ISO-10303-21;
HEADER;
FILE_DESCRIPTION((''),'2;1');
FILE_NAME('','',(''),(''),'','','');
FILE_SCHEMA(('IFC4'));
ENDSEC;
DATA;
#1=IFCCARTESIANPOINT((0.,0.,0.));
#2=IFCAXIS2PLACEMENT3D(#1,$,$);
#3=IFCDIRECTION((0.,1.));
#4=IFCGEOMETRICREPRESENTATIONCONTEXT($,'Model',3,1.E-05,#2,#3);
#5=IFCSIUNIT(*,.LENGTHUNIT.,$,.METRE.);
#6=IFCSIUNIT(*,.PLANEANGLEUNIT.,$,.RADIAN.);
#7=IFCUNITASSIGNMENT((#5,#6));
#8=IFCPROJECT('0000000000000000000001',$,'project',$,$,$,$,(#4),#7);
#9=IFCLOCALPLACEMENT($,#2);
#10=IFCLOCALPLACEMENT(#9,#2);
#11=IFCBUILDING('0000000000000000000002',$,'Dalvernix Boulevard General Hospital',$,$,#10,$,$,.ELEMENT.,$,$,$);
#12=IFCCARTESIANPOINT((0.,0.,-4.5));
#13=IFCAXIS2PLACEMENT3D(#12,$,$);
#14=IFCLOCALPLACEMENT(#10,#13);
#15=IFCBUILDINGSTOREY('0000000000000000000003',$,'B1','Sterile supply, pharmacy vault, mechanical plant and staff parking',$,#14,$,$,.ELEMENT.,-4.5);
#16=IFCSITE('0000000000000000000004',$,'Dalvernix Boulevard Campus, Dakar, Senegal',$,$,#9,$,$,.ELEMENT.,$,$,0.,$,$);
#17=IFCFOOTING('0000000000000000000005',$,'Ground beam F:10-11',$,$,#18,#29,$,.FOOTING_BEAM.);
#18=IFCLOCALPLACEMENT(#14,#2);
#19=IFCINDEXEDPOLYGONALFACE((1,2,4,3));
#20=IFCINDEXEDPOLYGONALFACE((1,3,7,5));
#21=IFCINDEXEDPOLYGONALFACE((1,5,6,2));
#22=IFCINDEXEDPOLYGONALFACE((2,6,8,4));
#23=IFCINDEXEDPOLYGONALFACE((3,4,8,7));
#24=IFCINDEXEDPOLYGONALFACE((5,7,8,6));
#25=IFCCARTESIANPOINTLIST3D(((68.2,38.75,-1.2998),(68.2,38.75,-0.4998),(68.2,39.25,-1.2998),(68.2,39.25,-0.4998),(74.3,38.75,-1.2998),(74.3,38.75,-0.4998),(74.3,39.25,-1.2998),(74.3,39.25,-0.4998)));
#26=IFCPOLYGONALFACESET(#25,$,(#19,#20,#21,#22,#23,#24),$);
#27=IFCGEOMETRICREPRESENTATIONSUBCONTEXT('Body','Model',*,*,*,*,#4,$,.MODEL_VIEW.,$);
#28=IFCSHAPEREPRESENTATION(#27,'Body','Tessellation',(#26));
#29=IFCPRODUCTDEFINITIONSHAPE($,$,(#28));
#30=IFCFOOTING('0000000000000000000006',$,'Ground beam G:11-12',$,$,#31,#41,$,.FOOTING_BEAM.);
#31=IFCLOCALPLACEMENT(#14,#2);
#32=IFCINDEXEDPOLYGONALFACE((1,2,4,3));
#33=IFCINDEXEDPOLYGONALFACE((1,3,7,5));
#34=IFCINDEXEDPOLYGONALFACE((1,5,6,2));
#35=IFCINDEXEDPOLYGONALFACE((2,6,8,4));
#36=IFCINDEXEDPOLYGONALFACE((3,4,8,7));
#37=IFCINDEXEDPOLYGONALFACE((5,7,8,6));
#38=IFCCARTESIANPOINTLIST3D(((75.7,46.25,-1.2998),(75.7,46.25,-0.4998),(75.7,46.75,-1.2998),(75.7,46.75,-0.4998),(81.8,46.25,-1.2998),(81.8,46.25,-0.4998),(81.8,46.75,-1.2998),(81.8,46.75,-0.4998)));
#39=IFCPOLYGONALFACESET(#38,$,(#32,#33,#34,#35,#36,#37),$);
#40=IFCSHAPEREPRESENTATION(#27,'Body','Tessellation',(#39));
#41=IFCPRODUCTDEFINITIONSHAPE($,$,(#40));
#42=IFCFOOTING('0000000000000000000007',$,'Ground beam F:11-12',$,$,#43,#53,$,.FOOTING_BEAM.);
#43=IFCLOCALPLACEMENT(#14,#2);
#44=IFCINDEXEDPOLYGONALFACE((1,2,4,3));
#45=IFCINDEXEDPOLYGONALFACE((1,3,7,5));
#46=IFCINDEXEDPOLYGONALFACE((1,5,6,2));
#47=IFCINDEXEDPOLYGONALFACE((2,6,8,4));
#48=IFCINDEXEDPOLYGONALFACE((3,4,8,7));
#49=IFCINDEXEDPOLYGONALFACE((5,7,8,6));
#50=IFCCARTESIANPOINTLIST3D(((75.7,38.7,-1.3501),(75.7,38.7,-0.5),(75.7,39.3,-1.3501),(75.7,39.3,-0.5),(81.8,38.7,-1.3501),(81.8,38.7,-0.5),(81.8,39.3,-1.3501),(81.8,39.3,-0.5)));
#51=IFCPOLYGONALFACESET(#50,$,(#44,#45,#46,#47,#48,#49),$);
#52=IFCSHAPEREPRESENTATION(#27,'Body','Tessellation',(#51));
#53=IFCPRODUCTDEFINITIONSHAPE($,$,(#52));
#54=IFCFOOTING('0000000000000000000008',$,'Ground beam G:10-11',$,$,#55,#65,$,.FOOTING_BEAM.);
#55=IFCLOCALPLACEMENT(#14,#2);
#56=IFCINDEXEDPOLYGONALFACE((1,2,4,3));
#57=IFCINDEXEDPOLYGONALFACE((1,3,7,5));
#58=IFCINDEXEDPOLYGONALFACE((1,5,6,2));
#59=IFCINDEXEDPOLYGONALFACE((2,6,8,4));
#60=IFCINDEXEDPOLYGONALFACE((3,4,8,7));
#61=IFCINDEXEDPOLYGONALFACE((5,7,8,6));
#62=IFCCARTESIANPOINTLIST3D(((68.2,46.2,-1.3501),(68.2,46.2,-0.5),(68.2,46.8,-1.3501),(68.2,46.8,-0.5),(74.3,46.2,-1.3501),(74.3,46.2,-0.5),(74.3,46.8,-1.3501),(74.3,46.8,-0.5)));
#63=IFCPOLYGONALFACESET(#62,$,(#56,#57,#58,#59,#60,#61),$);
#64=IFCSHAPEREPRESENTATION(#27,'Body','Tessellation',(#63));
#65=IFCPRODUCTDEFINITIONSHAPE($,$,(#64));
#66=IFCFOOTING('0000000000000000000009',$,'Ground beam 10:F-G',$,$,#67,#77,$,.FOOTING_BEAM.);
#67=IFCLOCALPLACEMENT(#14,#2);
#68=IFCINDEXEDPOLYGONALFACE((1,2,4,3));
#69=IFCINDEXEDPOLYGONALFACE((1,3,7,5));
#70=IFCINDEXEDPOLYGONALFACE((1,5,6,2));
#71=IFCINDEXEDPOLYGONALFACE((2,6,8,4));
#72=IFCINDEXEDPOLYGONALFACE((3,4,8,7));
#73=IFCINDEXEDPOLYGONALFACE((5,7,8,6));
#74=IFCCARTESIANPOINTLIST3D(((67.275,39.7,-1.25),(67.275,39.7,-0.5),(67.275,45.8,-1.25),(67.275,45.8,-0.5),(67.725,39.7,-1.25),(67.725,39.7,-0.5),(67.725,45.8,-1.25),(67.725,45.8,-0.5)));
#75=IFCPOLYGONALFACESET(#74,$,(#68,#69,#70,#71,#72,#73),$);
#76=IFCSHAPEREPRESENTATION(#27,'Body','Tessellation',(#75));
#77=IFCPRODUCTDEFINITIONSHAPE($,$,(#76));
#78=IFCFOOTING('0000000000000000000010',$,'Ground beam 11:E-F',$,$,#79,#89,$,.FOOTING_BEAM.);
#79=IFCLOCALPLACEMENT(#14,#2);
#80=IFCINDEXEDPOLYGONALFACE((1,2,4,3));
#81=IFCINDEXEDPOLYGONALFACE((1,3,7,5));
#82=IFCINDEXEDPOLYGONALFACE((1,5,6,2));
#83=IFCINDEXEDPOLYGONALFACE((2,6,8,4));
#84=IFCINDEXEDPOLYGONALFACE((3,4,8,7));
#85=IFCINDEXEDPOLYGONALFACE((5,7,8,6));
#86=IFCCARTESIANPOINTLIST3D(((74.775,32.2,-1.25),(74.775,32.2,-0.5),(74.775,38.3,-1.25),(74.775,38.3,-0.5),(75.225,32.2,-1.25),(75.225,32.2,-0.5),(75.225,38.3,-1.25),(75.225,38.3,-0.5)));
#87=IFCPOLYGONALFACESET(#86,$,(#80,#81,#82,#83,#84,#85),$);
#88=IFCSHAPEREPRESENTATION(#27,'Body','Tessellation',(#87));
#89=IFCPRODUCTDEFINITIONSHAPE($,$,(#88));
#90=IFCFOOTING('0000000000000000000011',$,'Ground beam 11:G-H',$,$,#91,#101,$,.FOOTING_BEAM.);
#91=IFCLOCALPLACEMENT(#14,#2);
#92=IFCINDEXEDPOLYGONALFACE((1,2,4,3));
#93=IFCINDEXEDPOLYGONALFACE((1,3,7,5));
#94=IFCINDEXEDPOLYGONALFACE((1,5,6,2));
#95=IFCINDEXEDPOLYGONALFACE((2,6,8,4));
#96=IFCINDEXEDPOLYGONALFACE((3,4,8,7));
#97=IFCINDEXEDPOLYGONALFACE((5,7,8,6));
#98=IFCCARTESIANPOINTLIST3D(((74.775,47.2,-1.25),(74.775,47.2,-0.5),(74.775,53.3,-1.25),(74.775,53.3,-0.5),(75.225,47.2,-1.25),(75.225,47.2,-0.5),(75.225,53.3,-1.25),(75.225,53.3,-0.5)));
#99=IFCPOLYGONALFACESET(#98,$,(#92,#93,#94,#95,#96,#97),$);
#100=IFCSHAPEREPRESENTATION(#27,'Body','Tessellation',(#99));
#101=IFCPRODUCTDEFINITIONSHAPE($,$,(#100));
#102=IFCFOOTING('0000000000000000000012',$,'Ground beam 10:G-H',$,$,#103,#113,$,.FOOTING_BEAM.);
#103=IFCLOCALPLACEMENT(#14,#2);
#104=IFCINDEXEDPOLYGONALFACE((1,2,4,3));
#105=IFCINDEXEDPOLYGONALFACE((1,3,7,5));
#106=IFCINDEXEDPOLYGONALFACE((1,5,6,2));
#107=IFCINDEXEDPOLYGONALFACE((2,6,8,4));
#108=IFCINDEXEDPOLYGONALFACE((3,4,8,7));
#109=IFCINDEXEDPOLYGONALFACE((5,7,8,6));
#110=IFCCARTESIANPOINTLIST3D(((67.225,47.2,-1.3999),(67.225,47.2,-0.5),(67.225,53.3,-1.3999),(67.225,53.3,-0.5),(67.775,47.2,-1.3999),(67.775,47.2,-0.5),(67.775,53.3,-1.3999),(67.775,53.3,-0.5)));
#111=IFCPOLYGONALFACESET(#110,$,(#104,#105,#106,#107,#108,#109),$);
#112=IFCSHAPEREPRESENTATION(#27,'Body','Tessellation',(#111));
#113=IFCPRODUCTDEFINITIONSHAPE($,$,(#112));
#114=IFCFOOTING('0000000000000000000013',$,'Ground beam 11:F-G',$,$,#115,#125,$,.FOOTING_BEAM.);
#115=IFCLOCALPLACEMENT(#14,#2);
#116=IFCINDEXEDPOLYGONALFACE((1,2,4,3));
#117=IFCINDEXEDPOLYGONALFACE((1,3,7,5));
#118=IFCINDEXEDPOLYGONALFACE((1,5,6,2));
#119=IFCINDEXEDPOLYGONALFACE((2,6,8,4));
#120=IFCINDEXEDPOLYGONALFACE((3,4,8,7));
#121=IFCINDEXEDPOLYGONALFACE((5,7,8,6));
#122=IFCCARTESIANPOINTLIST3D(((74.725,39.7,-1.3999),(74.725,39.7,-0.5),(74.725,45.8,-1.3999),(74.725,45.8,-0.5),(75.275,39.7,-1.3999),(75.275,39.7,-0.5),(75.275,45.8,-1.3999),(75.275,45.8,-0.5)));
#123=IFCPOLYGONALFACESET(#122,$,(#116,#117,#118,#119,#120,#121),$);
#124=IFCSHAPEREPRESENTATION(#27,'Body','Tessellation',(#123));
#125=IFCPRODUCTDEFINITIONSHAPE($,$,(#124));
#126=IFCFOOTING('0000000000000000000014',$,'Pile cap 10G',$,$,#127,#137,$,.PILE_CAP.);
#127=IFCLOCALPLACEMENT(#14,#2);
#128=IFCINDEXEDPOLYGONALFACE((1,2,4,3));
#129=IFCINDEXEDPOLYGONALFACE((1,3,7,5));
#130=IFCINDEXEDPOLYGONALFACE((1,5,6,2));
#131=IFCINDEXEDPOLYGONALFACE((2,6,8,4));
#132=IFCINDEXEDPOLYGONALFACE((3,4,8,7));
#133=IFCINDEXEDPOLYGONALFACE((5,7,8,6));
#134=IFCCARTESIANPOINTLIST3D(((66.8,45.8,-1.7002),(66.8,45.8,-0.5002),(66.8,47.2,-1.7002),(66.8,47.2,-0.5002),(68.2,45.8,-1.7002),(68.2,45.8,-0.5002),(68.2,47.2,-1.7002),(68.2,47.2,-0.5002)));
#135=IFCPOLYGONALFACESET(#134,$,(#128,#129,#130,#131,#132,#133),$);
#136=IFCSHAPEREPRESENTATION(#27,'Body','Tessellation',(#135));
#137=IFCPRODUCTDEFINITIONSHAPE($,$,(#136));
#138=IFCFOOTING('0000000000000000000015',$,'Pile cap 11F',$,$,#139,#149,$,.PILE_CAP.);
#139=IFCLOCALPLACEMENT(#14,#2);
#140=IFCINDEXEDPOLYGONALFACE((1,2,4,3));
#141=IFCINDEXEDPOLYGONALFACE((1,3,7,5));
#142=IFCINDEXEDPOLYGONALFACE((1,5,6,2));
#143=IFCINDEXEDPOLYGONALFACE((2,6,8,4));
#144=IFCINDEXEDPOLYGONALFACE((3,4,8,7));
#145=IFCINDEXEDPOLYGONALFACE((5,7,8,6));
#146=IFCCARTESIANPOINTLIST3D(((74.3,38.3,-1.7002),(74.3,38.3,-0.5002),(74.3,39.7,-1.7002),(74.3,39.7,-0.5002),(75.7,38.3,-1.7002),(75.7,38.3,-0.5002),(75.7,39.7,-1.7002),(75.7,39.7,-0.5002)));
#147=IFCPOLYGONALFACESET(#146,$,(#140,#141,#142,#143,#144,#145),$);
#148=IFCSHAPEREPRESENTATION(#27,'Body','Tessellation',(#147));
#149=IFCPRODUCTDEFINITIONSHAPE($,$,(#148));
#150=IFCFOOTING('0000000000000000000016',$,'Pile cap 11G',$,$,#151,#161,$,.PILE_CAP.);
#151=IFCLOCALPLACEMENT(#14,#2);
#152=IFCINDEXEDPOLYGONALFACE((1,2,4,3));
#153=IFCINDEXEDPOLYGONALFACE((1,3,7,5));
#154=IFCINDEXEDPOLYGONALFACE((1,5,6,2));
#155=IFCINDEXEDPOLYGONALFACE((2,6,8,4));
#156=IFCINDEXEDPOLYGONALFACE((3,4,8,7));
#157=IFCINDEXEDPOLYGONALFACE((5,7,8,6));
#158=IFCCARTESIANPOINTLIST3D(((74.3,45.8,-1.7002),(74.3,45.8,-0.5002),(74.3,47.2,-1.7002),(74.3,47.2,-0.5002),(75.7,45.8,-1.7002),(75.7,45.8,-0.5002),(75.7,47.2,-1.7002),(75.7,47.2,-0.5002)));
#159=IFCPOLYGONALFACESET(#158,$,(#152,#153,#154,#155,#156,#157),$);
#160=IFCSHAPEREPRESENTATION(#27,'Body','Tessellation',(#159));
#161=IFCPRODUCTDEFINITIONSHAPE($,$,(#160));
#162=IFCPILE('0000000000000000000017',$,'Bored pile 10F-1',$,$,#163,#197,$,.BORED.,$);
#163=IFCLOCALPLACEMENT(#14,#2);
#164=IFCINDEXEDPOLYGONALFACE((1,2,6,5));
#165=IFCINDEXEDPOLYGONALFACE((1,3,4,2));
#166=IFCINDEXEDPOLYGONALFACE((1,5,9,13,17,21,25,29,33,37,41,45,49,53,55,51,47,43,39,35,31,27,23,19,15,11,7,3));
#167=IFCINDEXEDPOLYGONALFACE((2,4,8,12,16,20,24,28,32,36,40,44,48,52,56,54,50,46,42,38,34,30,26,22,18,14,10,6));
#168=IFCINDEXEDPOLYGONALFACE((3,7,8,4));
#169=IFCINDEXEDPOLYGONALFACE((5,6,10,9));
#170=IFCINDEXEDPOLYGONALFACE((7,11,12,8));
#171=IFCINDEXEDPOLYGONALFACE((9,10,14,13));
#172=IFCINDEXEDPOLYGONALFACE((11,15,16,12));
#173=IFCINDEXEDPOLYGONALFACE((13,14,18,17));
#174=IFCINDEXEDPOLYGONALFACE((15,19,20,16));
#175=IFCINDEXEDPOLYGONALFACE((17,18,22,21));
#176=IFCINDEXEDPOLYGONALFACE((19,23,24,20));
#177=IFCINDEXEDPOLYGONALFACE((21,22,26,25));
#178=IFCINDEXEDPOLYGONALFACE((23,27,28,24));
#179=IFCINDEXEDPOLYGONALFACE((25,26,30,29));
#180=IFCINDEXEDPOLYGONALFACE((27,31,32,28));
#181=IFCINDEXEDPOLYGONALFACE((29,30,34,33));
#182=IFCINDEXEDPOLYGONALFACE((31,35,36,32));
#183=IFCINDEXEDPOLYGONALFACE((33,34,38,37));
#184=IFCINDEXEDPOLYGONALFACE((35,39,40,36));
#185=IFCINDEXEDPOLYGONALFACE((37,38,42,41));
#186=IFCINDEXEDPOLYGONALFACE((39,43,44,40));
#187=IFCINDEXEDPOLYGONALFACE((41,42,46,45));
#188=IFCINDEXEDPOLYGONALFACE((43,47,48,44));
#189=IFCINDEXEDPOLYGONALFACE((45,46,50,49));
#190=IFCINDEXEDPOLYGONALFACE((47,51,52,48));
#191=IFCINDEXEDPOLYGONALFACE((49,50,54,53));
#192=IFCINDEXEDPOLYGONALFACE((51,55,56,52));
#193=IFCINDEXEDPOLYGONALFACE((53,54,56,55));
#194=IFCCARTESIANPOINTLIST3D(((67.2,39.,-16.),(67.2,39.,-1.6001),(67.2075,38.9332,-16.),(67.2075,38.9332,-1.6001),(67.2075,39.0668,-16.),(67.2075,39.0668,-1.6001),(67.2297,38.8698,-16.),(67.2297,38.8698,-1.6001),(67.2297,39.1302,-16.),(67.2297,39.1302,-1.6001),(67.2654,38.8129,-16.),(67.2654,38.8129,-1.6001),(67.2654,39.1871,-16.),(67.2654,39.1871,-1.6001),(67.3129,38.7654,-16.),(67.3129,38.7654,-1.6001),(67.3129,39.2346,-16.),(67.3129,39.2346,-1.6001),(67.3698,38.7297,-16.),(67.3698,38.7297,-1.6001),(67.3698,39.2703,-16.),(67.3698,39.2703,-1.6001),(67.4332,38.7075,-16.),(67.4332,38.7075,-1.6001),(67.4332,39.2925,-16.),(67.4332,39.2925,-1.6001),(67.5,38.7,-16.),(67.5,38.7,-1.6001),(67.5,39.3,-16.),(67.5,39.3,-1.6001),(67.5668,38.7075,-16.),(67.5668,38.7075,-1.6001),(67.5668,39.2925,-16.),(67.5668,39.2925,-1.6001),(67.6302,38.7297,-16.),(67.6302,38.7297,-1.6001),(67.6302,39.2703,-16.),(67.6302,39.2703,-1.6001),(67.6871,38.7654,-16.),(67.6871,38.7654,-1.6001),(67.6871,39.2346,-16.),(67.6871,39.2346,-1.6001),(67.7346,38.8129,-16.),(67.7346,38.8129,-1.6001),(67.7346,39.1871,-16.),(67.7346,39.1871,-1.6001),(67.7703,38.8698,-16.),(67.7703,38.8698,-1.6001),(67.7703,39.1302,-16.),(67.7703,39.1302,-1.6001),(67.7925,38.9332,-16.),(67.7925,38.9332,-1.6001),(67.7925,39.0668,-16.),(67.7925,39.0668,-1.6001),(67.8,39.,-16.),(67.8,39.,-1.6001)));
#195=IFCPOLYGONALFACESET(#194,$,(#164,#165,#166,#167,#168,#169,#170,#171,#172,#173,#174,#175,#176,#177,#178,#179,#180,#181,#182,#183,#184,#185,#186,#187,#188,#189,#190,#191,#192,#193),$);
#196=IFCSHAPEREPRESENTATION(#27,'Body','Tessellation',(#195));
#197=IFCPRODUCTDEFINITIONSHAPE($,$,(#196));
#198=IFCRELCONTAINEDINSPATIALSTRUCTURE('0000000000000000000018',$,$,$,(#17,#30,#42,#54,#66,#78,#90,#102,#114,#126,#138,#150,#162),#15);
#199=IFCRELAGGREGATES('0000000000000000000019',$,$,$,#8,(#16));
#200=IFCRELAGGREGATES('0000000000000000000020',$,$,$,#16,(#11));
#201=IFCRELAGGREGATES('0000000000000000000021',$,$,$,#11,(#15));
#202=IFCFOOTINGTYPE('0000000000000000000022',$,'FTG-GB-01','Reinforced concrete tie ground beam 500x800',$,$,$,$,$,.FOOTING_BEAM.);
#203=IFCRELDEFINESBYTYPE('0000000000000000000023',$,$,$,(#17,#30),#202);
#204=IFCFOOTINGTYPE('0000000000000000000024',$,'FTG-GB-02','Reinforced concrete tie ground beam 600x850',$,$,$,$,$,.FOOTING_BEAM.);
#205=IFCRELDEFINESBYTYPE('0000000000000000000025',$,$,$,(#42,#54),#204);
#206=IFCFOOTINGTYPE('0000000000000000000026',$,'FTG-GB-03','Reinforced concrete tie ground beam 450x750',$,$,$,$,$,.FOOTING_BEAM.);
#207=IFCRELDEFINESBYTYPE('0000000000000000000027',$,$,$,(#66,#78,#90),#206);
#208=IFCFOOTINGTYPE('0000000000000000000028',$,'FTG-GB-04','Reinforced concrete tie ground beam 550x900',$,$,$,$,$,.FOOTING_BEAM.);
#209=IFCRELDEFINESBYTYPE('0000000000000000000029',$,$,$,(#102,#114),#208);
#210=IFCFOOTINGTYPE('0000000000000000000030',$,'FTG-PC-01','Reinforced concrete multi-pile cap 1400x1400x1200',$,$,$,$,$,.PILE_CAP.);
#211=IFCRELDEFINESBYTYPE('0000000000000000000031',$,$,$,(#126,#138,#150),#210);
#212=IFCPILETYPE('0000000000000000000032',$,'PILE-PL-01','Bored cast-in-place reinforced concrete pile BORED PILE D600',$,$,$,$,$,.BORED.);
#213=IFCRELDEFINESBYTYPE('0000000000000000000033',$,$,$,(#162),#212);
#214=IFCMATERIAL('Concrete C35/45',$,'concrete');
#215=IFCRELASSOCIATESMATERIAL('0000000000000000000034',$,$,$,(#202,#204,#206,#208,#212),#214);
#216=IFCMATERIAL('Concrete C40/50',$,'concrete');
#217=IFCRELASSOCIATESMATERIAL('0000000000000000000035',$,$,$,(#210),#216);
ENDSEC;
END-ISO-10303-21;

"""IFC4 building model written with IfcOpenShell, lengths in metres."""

from ifc_helpers import new_model, si_unit, direction, frame, origin, origin_2d, place, context, subcontext, project, spatial, rectangle, circle, extrude, material, material_profile, profile_set, type_object, element, save


model = new_model("IFC4")

# Units and contexts
model_context = context("Model", 3, precision=1e-05, world=origin(), true_north=direction((0.0, 1.0)))
body_context = subcontext(model_context, "Body", "Model", "MODEL_VIEW")
ifc_project = project(units=[si_unit("LENGTHUNIT", "METRE"), si_unit("PLANEANGLEUNIT", "RADIAN")], contexts=[model_context])

# Site, building, storey
site_placement = place(None, origin())
site = spatial("IfcSite", under=ifc_project, at=site_placement, Name="Dalvernix Boulevard Campus, Dakar, Senegal", CompositionType="ELEMENT", RefElevation=0.0)
building_placement = place(site_placement, origin())
building = spatial("IfcBuilding", under=site, at=building_placement, Name="Dalvernix Boulevard General Hospital", CompositionType="ELEMENT")
storey_placement = place(building_placement, frame((0.0, 0.0, -4.5)))
storey = spatial("IfcBuildingStorey", under=building, at=storey_placement, Name="B1", Description="Sterile supply, pharmacy vault, mechanical plant and staff parking", CompositionType="ELEMENT", Elevation=-4.5)

# Footings
ifc_material_1 = material(Name="Concrete C35/45", Category="concrete")
footing_type_1 = type_object("IfcFootingType", Name="FTG-GB-01", Description="Reinforced concrete tie ground beam 500x800", PredefinedType="FOOTING_BEAM", material=ifc_material_1)
for number, where, z_axis, x_axis, name in (
    (1, (71.25, 39.0, -1.2998), (0.0, 0.0, 1.0), (1.0, 0.0, 0.0), "Ground beam F:10-11"),
    (2, (78.75, 46.5, -1.2998), (0.0, 0.0, 1.0), (1.0, 0.0, 0.0), "Ground beam G:11-12"),
):
    element("IfcFooting", number, at=place(storey_placement, frame(where, z_axis=z_axis, x_axis=x_axis)), inside=storey, type_object=footing_type_1, Name=name, PredefinedType="FOOTING_BEAM", context=body_context, shape_type="SweptSolid", body=[
        extrude(rectangle(XDim=6.1001, YDim=0.5, at=origin_2d()), origin(), (0.0, 0.0, 1.0), 0.8),
    ])
footing_type_2 = type_object("IfcFootingType", Name="FTG-GB-02", Description="Reinforced concrete tie ground beam 600x850", PredefinedType="FOOTING_BEAM", material=ifc_material_1)
for number, where, z_axis, x_axis, name in (
    (3, (78.75, 39.0, -1.3501), (0.0, 0.0, 1.0), (1.0, 0.0, 0.0), "Ground beam F:11-12"),
    (4, (71.25, 46.5, -1.3501), (0.0, 0.0, 1.0), (1.0, 0.0, 0.0), "Ground beam G:10-11"),
):
    element("IfcFooting", number, at=place(storey_placement, frame(where, z_axis=z_axis, x_axis=x_axis)), inside=storey, type_object=footing_type_2, Name=name, PredefinedType="FOOTING_BEAM", context=body_context, shape_type="SweptSolid", body=[
        extrude(rectangle(XDim=6.1001, YDim=0.6001, at=origin_2d()), origin(), (0.0, 0.0, 1.0), 0.8501),
    ])
footing_type_3 = type_object("IfcFootingType", Name="FTG-GB-03", Description="Reinforced concrete tie ground beam 450x750", PredefinedType="FOOTING_BEAM", material=ifc_material_1)
for number, where, z_axis, x_axis, name in (
    (5, (67.5, 42.75, -1.25), (0.0, 0.0, 1.0), (0.0, 1.0, 0.0), "Ground beam 10:F-G"),
    (6, (75.0, 35.25, -1.25), (0.0, 0.0, 1.0), (0.0, 1.0, 0.0), "Ground beam 11:E-F"),
    (7, (75.0, 50.25, -1.25), (0.0, 0.0, 1.0), (0.0, 1.0, 0.0), "Ground beam 11:G-H"),
):
    element("IfcFooting", number, at=place(storey_placement, frame(where, z_axis=z_axis, x_axis=x_axis)), inside=storey, type_object=footing_type_3, Name=name, PredefinedType="FOOTING_BEAM", context=body_context, shape_type="SweptSolid", body=[
        extrude(rectangle(XDim=6.1001, YDim=0.45, at=origin_2d()), origin(), (0.0, 0.0, 1.0), 0.75),
    ])
footing_type_4 = type_object("IfcFootingType", Name="FTG-GB-04", Description="Reinforced concrete tie ground beam 550x900", PredefinedType="FOOTING_BEAM", material=ifc_material_1)
for number, where, z_axis, x_axis, name in (
    (8, (67.5, 50.25, -1.3999), (0.0, 0.0, 1.0), (0.0, 1.0, 0.0), "Ground beam 10:G-H"),
    (9, (75.0, 42.75, -1.3999), (0.0, 0.0, 1.0), (0.0, 1.0, 0.0), "Ground beam 11:F-G"),
):
    element("IfcFooting", number, at=place(storey_placement, frame(where, z_axis=z_axis, x_axis=x_axis)), inside=storey, type_object=footing_type_4, Name=name, PredefinedType="FOOTING_BEAM", context=body_context, shape_type="SweptSolid", body=[
        extrude(rectangle(XDim=6.1001, YDim=0.55, at=origin_2d()), origin(), (0.0, 0.0, 1.0), 0.8999),
    ])
ifc_material_2 = material(Name="Concrete C40/50", Category="concrete")
footing_type_5 = type_object("IfcFootingType", Name="FTG-PC-01", Description="Reinforced concrete multi-pile cap 1400x1400x1200", PredefinedType="PILE_CAP", material=ifc_material_2)
for number, where, z_axis, x_axis, name in (
    (10, (67.5, 46.5, -1.7002), (0.0, 0.0, 1.0), (1.0, 0.0, 0.0), "Pile cap 10G"),
    (11, (75.0, 39.0, -1.7002), (0.0, 0.0, 1.0), (1.0, 0.0, 0.0), "Pile cap 11F"),
    (12, (75.0, 46.5, -1.7002), (0.0, 0.0, 1.0), (1.0, 0.0, 0.0), "Pile cap 11G"),
):
    element("IfcFooting", number, at=place(storey_placement, frame(where, z_axis=z_axis, x_axis=x_axis)), inside=storey, type_object=footing_type_5, Name=name, PredefinedType="PILE_CAP", context=body_context, shape_type="SweptSolid", body=[
        extrude(rectangle(XDim=1.3999, YDim=1.3999, at=origin_2d()), origin(), (0.0, 0.0, 1.0), 1.2),
    ])

# Pile
ifc_material_profile_1 = material_profile(ifc_material_1, circle(Radius=0.3, at=origin_2d()), Name="BORED PILE D600")
ifc_profile_set_1 = profile_set([ifc_material_profile_1], Name="Concrete C35/45")
pile_type = type_object("IfcPileType", Name="PILE-PL-01", Description="Bored cast-in-place reinforced concrete pile BORED PILE D600", PredefinedType="BORED", material=ifc_profile_set_1)
for number, where, z_axis, x_axis, name in (
    (13, (67.5, 39.0, -1.6001), (0.0, 0.0, -1.0), (1.0, 0.0, 0.0), "Bored pile 10F-1"),
):
    element("IfcPile", number, at=place(storey_placement, frame(where, z_axis=z_axis, x_axis=x_axis)), inside=storey, type_object=pile_type, Name=name, PredefinedType="BORED", context=body_context, shape_type="SweptSolid", body=[
        extrude(circle(Radius=0.3, at=origin_2d()), origin(), (0.0, 0.0, 1.0), 14.3999),
    ])

save(model, "model.ifc")
